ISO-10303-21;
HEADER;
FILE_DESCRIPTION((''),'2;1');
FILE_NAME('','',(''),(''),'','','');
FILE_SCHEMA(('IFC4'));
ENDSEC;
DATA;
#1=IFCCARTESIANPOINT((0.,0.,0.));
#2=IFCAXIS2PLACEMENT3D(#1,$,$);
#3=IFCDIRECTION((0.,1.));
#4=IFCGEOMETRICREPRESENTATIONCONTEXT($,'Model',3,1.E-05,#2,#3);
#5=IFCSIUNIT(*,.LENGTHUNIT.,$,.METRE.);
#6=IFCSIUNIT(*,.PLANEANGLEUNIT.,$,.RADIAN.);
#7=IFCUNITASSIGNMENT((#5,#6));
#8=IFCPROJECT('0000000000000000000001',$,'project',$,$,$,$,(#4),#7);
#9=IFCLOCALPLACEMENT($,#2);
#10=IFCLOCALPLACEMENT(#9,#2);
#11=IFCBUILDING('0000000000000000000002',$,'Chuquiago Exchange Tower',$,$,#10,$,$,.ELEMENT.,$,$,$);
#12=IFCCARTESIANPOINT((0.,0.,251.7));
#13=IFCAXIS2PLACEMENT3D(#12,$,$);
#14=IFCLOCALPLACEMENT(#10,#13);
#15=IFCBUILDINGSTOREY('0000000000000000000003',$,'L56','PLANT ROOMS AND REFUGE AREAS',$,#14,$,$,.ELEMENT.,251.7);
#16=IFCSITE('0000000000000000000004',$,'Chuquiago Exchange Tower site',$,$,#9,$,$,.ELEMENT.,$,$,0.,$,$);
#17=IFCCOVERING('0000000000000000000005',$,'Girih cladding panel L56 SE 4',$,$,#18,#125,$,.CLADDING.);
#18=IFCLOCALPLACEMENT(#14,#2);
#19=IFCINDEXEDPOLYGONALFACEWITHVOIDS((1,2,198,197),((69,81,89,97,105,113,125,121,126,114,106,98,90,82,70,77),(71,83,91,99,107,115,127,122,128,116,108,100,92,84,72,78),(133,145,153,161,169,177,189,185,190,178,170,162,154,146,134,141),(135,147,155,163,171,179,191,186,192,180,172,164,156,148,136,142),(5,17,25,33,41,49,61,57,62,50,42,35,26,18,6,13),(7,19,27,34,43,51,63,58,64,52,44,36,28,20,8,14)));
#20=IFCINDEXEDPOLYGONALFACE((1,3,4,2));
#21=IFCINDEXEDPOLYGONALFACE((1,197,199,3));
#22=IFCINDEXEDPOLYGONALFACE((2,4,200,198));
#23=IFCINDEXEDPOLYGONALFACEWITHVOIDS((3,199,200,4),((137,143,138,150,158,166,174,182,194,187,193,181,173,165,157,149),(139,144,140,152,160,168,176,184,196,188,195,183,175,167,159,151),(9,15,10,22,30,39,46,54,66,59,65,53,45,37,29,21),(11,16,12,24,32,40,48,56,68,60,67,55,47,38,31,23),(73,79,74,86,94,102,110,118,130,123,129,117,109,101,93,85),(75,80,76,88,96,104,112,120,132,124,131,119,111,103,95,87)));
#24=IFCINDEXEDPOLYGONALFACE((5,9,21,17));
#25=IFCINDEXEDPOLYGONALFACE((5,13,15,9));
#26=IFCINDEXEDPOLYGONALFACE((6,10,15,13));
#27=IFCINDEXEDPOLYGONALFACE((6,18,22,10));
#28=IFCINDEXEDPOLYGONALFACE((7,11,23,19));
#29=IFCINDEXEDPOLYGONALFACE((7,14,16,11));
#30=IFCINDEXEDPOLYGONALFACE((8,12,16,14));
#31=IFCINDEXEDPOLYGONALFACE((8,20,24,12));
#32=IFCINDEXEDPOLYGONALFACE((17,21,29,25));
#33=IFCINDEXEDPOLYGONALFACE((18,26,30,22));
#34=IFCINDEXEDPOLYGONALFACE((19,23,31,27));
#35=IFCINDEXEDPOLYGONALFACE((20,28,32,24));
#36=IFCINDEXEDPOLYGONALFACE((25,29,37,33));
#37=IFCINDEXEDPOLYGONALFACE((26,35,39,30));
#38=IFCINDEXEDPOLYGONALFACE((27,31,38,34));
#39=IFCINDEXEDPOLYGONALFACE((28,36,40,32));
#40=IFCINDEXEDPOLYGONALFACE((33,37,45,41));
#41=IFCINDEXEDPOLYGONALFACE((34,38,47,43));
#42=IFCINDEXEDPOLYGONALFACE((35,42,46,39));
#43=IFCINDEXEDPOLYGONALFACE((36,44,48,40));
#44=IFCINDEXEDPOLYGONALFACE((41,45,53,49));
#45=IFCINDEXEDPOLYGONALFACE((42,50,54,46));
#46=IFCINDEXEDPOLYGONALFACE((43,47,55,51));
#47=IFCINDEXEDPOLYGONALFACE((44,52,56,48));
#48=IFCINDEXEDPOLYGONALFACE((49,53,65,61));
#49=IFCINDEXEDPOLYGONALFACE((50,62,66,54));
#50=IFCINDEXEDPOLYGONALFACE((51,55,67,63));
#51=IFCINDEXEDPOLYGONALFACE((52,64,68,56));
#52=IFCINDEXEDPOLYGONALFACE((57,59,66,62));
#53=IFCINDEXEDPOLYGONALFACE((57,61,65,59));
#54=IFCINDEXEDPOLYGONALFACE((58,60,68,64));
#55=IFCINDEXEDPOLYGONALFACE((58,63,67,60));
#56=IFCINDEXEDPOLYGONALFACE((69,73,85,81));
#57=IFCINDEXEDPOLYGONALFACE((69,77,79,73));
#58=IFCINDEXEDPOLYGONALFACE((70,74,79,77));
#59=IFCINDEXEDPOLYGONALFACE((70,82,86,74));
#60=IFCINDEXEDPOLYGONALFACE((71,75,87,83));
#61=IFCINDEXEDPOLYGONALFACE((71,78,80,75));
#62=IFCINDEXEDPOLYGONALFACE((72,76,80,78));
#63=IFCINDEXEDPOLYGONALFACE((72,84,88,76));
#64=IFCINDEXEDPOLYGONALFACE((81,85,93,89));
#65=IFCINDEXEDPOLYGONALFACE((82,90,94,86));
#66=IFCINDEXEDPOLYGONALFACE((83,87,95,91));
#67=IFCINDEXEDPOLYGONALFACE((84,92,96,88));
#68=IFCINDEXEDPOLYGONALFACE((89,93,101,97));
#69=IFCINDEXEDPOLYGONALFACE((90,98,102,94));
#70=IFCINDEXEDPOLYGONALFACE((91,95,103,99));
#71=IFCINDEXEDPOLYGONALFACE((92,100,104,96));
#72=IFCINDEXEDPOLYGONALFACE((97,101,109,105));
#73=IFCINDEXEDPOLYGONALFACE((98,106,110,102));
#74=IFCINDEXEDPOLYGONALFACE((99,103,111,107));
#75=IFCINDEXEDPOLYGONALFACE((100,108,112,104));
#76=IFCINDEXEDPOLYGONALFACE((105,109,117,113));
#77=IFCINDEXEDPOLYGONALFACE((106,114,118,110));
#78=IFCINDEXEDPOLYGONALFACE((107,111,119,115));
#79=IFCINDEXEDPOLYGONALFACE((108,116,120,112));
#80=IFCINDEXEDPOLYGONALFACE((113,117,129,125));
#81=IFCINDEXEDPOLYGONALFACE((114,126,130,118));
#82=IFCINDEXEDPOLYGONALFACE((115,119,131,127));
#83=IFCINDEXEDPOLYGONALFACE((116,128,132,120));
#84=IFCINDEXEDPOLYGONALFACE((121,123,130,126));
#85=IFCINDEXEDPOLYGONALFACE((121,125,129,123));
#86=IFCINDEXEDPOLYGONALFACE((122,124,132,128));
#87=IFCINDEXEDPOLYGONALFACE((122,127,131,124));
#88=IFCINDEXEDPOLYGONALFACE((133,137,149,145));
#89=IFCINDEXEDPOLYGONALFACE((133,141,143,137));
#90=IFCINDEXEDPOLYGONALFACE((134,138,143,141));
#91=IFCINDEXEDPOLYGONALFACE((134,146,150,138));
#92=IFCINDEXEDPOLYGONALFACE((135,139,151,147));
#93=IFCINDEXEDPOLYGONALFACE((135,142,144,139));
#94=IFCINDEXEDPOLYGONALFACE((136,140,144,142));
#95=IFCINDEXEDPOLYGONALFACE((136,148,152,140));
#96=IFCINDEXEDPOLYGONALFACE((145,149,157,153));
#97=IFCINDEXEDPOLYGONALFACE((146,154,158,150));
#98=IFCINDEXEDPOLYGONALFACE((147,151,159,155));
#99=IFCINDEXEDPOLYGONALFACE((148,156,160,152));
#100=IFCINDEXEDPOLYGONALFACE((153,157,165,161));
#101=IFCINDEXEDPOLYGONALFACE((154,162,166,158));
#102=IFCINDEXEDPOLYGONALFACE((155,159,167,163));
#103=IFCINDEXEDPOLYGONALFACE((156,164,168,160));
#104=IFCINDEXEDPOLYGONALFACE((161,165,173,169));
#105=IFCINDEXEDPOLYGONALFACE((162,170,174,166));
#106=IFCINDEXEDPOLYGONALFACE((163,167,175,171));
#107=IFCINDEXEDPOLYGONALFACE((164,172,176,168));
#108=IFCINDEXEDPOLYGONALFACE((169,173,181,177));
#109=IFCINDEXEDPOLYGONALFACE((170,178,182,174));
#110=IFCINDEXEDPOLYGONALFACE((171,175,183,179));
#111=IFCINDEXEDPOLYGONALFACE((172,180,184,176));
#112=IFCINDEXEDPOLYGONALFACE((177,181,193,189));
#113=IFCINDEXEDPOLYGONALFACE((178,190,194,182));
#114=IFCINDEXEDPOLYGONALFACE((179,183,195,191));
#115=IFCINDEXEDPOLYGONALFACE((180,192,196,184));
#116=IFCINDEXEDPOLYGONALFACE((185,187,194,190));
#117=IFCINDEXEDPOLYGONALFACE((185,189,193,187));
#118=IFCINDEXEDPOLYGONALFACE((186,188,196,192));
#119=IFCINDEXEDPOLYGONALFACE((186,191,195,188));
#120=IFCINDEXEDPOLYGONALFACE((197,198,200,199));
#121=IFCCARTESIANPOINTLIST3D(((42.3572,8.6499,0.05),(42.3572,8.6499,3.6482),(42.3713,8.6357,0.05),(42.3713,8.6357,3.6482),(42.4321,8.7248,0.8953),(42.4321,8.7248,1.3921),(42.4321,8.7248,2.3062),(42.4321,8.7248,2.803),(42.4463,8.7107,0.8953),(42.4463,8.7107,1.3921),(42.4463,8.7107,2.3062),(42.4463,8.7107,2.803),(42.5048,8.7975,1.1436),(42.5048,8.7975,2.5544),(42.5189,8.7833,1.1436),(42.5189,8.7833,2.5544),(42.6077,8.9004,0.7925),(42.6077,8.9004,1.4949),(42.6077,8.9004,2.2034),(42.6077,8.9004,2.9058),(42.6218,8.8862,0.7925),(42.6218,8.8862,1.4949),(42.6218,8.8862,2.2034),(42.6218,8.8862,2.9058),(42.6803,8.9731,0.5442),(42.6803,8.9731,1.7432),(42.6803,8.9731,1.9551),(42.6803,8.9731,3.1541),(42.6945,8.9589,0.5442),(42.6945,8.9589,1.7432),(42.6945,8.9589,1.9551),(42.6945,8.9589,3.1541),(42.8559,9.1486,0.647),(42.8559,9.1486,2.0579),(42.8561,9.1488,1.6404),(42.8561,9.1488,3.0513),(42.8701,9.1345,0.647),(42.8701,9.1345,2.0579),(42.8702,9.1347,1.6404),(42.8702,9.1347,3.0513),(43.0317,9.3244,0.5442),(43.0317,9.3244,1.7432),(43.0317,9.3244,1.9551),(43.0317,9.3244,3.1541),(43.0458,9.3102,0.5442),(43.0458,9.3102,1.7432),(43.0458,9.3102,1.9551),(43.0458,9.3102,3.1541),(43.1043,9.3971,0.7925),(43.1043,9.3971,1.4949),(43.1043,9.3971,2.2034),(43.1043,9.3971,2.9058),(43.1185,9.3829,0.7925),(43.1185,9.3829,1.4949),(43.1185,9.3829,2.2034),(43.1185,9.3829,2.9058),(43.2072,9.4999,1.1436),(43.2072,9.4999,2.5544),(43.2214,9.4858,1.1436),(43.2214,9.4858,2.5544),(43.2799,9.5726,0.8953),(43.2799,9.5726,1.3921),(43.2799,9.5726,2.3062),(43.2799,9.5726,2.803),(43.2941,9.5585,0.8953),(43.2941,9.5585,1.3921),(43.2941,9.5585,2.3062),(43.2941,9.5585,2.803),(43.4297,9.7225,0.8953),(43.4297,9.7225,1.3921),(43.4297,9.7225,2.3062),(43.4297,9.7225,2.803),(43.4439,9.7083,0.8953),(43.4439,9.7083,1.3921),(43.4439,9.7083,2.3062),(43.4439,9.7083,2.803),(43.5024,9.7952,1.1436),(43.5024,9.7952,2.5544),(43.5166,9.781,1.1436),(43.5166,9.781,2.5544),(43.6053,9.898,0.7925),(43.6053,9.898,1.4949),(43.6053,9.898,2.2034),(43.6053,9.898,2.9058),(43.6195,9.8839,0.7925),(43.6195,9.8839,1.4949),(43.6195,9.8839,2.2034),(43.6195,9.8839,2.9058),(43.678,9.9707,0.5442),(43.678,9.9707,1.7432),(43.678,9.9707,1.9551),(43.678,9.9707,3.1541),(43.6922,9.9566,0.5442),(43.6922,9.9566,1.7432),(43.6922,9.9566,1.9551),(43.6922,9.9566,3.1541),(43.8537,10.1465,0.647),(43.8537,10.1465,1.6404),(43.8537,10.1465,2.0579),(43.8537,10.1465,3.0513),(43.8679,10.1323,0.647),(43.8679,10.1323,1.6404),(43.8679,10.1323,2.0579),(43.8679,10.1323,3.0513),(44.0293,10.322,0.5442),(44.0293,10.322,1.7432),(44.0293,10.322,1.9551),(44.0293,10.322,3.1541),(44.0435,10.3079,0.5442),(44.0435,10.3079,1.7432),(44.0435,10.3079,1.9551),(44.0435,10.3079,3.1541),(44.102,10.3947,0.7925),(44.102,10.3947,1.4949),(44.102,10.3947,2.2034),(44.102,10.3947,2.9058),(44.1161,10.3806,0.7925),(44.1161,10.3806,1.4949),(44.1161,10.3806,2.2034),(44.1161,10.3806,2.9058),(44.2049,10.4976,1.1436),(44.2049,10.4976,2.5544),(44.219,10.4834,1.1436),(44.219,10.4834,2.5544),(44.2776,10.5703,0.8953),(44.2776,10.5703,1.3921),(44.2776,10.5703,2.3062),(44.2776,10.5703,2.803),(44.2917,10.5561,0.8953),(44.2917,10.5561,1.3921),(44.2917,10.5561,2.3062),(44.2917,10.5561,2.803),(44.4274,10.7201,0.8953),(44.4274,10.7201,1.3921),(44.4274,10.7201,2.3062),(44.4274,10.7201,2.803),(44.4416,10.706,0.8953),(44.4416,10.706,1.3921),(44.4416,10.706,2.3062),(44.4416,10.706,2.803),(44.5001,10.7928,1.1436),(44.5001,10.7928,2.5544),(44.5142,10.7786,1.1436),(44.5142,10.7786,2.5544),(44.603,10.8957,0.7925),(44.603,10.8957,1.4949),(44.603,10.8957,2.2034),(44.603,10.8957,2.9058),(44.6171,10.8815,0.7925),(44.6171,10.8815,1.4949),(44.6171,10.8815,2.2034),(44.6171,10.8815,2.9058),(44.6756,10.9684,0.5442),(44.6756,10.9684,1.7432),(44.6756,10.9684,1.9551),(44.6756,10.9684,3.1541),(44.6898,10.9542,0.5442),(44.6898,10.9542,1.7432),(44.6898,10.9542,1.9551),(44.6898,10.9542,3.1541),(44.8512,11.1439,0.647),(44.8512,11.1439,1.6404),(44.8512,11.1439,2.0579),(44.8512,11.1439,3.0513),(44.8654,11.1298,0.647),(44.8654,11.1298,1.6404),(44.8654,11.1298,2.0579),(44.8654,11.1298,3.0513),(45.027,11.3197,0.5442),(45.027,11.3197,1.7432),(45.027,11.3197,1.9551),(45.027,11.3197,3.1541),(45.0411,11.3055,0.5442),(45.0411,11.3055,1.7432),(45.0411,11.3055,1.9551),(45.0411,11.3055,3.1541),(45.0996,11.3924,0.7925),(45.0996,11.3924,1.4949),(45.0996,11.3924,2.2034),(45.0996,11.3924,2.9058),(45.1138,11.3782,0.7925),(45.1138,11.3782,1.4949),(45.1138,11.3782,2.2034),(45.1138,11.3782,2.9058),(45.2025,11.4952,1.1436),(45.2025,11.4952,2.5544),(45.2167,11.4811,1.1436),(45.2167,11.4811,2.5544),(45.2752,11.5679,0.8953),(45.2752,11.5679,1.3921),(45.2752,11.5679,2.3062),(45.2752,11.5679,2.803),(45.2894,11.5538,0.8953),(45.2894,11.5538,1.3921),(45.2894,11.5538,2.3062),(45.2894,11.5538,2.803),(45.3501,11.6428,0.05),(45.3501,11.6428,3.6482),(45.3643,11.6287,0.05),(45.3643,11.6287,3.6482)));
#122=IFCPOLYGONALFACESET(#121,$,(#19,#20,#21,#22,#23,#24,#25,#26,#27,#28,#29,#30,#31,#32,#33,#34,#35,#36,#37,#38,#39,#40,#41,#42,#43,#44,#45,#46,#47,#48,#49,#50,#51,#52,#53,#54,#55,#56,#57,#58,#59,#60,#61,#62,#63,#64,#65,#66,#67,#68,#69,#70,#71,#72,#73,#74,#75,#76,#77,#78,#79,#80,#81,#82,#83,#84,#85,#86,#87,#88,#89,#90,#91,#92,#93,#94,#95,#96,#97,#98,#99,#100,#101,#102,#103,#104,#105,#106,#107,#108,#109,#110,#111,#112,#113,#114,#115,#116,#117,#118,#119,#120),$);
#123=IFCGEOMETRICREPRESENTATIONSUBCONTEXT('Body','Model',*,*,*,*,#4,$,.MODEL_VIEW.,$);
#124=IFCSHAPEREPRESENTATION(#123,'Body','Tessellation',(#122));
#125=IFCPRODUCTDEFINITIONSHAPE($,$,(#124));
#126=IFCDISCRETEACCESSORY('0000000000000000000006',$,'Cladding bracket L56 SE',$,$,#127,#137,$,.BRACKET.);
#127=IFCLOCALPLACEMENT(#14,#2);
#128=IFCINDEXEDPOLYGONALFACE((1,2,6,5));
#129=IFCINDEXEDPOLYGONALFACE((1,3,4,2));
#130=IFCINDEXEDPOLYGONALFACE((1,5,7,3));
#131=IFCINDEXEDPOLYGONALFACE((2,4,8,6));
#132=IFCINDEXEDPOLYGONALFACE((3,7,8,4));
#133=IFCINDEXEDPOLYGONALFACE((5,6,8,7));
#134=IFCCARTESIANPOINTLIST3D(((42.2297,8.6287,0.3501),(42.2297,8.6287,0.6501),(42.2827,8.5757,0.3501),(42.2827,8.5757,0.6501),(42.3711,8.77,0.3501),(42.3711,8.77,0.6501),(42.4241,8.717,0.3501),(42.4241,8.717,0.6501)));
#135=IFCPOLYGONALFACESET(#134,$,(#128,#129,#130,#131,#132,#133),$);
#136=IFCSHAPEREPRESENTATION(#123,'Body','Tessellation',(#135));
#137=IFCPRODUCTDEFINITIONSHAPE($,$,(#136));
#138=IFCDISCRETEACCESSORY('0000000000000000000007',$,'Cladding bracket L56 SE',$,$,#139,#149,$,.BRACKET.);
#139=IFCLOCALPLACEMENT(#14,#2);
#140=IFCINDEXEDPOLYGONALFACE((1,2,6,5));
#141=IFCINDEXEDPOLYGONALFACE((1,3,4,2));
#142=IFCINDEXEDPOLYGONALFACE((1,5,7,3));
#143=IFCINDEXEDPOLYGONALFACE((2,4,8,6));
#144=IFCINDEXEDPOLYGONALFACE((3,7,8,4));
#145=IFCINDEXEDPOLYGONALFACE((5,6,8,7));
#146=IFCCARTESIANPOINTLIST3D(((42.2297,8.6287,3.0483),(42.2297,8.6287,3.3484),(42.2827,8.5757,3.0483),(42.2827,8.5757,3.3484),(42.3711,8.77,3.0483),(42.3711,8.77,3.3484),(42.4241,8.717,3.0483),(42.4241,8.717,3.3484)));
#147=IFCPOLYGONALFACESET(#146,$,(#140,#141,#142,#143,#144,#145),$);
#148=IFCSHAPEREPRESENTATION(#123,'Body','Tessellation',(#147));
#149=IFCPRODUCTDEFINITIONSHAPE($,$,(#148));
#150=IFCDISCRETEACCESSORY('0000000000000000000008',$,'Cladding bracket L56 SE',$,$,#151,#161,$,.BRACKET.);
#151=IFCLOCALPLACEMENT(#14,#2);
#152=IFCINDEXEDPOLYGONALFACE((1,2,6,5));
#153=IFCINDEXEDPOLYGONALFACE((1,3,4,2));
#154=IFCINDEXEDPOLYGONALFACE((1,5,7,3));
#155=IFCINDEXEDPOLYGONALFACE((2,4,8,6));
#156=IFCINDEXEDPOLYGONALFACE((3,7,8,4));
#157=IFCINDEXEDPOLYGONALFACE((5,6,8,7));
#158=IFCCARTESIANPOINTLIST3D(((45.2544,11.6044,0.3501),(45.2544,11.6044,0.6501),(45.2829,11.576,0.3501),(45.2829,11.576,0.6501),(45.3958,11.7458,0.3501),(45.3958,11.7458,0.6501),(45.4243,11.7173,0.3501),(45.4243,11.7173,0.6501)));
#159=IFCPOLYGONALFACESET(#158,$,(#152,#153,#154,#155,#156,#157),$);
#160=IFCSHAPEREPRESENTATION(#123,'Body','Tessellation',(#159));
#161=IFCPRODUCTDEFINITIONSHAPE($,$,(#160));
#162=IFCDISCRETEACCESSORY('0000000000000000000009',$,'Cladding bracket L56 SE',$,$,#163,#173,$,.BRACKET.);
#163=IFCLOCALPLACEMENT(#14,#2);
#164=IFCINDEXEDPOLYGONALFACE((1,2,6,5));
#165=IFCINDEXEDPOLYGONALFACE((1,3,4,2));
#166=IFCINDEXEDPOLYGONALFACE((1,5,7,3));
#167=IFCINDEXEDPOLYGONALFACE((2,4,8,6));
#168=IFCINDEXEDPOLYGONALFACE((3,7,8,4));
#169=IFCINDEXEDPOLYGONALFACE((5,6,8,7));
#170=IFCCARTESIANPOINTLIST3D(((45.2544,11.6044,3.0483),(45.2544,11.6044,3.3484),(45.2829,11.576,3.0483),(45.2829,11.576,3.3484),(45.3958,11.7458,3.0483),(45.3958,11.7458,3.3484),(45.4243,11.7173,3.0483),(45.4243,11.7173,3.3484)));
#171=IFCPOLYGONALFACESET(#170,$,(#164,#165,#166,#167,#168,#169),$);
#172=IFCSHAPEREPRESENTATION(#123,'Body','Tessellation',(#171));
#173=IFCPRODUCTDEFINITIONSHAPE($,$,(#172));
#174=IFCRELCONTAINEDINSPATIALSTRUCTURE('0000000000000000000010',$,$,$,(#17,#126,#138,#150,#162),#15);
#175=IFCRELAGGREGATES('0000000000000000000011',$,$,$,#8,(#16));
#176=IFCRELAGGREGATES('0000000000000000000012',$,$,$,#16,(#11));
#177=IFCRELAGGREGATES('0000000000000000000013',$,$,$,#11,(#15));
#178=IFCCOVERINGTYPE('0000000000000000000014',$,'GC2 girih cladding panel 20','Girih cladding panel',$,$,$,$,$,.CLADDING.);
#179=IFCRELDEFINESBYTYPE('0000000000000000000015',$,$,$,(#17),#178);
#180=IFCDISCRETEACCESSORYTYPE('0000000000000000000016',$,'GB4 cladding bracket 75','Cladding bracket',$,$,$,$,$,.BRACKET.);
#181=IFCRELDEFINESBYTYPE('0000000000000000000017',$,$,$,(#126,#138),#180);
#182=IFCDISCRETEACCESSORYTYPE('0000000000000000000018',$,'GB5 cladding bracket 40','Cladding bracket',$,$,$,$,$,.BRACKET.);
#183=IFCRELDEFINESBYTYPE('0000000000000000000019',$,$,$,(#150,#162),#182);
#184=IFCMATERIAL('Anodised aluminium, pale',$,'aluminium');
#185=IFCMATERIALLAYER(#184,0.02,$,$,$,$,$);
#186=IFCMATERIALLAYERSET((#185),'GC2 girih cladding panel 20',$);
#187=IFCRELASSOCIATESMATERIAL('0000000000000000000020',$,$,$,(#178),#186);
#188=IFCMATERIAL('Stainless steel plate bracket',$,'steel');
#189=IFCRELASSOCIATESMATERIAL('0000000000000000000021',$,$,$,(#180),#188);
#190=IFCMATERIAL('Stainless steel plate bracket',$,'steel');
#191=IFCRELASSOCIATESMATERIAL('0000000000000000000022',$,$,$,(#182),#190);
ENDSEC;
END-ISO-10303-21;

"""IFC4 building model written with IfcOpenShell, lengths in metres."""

from ifc_helpers import new_model, si_unit, direction, frame, origin, origin_2d, place, context, subcontext, project, spatial, polyline, rectangle, outline, extrude, material, layer, layer_set, type_object, element, save


model = new_model("IFC4")

# Units and contexts
model_context = context("Model", 3, precision=1e-05, world=origin(), true_north=direction((0.0, 1.0)))
body_context = subcontext(model_context, "Body", "Model", "MODEL_VIEW")
ifc_project = project(units=[si_unit("LENGTHUNIT", "METRE"), si_unit("PLANEANGLEUNIT", "RADIAN")], contexts=[model_context])

# Site, building, storey
site_placement = place(None, origin())
site = spatial("IfcSite", under=ifc_project, at=site_placement, Name="Chuquiago Exchange Tower site", CompositionType="ELEMENT", RefElevation=0.0)
building_placement = place(site_placement, origin())
building = spatial("IfcBuilding", under=site, at=building_placement, Name="Chuquiago Exchange Tower", CompositionType="ELEMENT")
storey_placement = place(building_placement, frame((0.0, 0.0, 251.7)))
storey = spatial("IfcBuildingStorey", under=building, at=storey_placement, Name="L56", Description="PLANT ROOMS AND REFUGE AREAS", CompositionType="ELEMENT", Elevation=251.7)

# Covering
ifc_material_1 = material(Name="Anodised aluminium, pale", Category="aluminium")
ifc_layer_1 = layer(ifc_material_1, 0.02)
ifc_layer_set_1 = layer_set([ifc_layer_1], Name="GC2 girih cladding panel 20")
covering_type = type_object("IfcCoveringType", Name="GC2 girih cladding panel 20", Description="Girih cladding panel", PredefinedType="CLADDING", material=ifc_layer_set_1)
covering_placement = place(storey_placement, frame((42.3572, 8.6499, 0.05), z_axis=(0.0, 0.0, 1.0), x_axis=(0.707107, 0.707107, 0.0)))
element("IfcCovering", 1, at=covering_placement, inside=storey, type_object=covering_type, Name="Girih cladding panel L56 SE 4", PredefinedType="CLADDING", context=body_context, shape_type="SweptSolid", body=[
    extrude(outline(polyline([(0.0, 0.0), (4.2327, 0.0), (4.2327, 3.5981), (0.0, 3.5981), (0.0, 0.0)]), holes=[polyline([(1.2021, 1.0935), (1.3049, 1.342), (1.0566, 1.4448), (0.9539, 1.6931), (0.7056, 1.5903), (0.457, 1.6931), (0.3542, 1.4448), (0.106, 1.342), (0.2087, 1.0935), (0.106, 0.8452), (0.3542, 0.7424), (0.457, 0.4941), (0.7053, 0.5969), (0.9539, 0.4941), (1.0566, 0.7424), (1.3049, 0.8452), (1.2021, 1.0935)]), polyline([(2.613, 1.0935), (2.7158, 1.342), (2.4675, 1.4448), (2.3647, 1.6931), (2.1165, 1.5903), (1.8679, 1.6931), (1.7651, 1.4448), (1.5168, 1.342), (1.6196, 1.0935), (1.5168, 0.8452), (1.7651, 0.7424), (1.8679, 0.4941), (2.1165, 0.5969), (2.3647, 0.4941), (2.4675, 0.7424), (2.7158, 0.8452), (2.613, 1.0935)]), polyline([(4.0239, 1.0935), (4.1267, 1.342), (3.8784, 1.4448), (3.7756, 1.6931), (3.5271, 1.5903), (3.2788, 1.6931), (3.176, 1.4448), (2.9277, 1.342), (3.0305, 1.0935), (2.9277, 0.8452), (3.176, 0.7424), (3.2788, 0.4941), (3.5271, 0.5969), (3.7756, 0.4941), (3.8784, 0.7424), (4.1267, 0.8452), (4.0239, 1.0935)]), polyline([(1.2021, 2.5044), (1.3049, 2.7529), (1.0566, 2.8557), (0.9539, 3.104), (0.7056, 3.0012), (0.457, 3.104), (0.3542, 2.8557), (0.106, 2.7529), (0.2087, 2.5044), (0.106, 2.2561), (0.3542, 2.1533), (0.457, 1.905), (0.7053, 2.0078), (0.9539, 1.905), (1.0566, 2.1533), (1.3049, 2.2561), (1.2021, 2.5044)]), polyline([(2.613, 2.5044), (2.7158, 2.7529), (2.4675, 2.8557), (2.3647, 3.104), (2.1165, 3.0012), (1.8679, 3.104), (1.7651, 2.8557), (1.5168, 2.7529), (1.6196, 2.5044), (1.5168, 2.2561), (1.7651, 2.1533), (1.8679, 1.905), (2.1165, 2.0078), (2.3647, 1.905), (2.4675, 2.1533), (2.7158, 2.2561), (2.613, 2.5044)]), polyline([(4.0239, 2.5044), (4.1267, 2.7529), (3.8784, 2.8557), (3.7756, 3.104), (3.5271, 3.0012), (3.2788, 3.104), (3.176, 2.8557), (2.9277, 2.7529), (3.0305, 2.5044), (2.9277, 2.2561), (3.176, 2.1533), (3.2788, 1.905), (3.5271, 2.0078), (3.7756, 1.905), (3.8784, 2.1533), (4.1267, 2.2561), (4.0239, 2.5044)])]), frame((0.0, 0.0, 0.0), z_axis=(0.0, -1.0, 0.0), x_axis=(1.0, 0.0, 0.0)), (0.0, 0.0, 1.0), 0.02),
])

# Discrete accessories
ifc_material_2 = material(Name="Stainless steel plate bracket", Category="steel")
discrete_accessory_type_1 = type_object("IfcDiscreteAccessoryType", Name="GB4 cladding bracket 75", Description="Cladding bracket", PredefinedType="BRACKET", material=ifc_material_2)
for number, where, z_axis, x_axis, name in (
    (2, (42.3269, 8.6729, 0.3501), (0.0, 0.0, 1.0), (0.707107, 0.707107, 0.0), "Cladding bracket L56 SE"),
    (3, (42.3269, 8.6729, 3.0483), (0.0, 0.0, 1.0), (0.707107, 0.707107, 0.0), "Cladding bracket L56 SE"),
):
    element("IfcDiscreteAccessory", number, at=place(storey_placement, frame(where, z_axis=z_axis, x_axis=x_axis)), inside=storey, type_object=discrete_accessory_type_1, Name=name, PredefinedType="BRACKET", context=body_context, shape_type="SweptSolid", body=[
        extrude(rectangle(XDim=0.2, YDim=0.075, at=origin_2d()), origin(), (0.0, 0.0, 1.0), 0.3),
    ])
ifc_material_3 = material(Name="Stainless steel plate bracket", Category="steel")
discrete_accessory_type_2 = type_object("IfcDiscreteAccessoryType", Name="GB5 cladding bracket 40", Description="Cladding bracket", PredefinedType="BRACKET", material=ifc_material_3)
for number, where, z_axis, x_axis, name in (
    (4, (45.3394, 11.6609, 0.3501), (0.0, 0.0, 1.0), (0.707107, 0.707107, 0.0), "Cladding bracket L56 SE"),
    (5, (45.3394, 11.6609, 3.0483), (0.0, 0.0, 1.0), (0.707107, 0.707107, 0.0), "Cladding bracket L56 SE"),
):
    element("IfcDiscreteAccessory", number, at=place(storey_placement, frame(where, z_axis=z_axis, x_axis=x_axis)), inside=storey, type_object=discrete_accessory_type_2, Name=name, PredefinedType="BRACKET", context=body_context, shape_type="SweptSolid", body=[
        extrude(rectangle(XDim=0.2, YDim=0.0403, at=origin_2d()), origin(), (0.0, 0.0, 1.0), 0.3),
    ])

save(model, "model.ifc")
